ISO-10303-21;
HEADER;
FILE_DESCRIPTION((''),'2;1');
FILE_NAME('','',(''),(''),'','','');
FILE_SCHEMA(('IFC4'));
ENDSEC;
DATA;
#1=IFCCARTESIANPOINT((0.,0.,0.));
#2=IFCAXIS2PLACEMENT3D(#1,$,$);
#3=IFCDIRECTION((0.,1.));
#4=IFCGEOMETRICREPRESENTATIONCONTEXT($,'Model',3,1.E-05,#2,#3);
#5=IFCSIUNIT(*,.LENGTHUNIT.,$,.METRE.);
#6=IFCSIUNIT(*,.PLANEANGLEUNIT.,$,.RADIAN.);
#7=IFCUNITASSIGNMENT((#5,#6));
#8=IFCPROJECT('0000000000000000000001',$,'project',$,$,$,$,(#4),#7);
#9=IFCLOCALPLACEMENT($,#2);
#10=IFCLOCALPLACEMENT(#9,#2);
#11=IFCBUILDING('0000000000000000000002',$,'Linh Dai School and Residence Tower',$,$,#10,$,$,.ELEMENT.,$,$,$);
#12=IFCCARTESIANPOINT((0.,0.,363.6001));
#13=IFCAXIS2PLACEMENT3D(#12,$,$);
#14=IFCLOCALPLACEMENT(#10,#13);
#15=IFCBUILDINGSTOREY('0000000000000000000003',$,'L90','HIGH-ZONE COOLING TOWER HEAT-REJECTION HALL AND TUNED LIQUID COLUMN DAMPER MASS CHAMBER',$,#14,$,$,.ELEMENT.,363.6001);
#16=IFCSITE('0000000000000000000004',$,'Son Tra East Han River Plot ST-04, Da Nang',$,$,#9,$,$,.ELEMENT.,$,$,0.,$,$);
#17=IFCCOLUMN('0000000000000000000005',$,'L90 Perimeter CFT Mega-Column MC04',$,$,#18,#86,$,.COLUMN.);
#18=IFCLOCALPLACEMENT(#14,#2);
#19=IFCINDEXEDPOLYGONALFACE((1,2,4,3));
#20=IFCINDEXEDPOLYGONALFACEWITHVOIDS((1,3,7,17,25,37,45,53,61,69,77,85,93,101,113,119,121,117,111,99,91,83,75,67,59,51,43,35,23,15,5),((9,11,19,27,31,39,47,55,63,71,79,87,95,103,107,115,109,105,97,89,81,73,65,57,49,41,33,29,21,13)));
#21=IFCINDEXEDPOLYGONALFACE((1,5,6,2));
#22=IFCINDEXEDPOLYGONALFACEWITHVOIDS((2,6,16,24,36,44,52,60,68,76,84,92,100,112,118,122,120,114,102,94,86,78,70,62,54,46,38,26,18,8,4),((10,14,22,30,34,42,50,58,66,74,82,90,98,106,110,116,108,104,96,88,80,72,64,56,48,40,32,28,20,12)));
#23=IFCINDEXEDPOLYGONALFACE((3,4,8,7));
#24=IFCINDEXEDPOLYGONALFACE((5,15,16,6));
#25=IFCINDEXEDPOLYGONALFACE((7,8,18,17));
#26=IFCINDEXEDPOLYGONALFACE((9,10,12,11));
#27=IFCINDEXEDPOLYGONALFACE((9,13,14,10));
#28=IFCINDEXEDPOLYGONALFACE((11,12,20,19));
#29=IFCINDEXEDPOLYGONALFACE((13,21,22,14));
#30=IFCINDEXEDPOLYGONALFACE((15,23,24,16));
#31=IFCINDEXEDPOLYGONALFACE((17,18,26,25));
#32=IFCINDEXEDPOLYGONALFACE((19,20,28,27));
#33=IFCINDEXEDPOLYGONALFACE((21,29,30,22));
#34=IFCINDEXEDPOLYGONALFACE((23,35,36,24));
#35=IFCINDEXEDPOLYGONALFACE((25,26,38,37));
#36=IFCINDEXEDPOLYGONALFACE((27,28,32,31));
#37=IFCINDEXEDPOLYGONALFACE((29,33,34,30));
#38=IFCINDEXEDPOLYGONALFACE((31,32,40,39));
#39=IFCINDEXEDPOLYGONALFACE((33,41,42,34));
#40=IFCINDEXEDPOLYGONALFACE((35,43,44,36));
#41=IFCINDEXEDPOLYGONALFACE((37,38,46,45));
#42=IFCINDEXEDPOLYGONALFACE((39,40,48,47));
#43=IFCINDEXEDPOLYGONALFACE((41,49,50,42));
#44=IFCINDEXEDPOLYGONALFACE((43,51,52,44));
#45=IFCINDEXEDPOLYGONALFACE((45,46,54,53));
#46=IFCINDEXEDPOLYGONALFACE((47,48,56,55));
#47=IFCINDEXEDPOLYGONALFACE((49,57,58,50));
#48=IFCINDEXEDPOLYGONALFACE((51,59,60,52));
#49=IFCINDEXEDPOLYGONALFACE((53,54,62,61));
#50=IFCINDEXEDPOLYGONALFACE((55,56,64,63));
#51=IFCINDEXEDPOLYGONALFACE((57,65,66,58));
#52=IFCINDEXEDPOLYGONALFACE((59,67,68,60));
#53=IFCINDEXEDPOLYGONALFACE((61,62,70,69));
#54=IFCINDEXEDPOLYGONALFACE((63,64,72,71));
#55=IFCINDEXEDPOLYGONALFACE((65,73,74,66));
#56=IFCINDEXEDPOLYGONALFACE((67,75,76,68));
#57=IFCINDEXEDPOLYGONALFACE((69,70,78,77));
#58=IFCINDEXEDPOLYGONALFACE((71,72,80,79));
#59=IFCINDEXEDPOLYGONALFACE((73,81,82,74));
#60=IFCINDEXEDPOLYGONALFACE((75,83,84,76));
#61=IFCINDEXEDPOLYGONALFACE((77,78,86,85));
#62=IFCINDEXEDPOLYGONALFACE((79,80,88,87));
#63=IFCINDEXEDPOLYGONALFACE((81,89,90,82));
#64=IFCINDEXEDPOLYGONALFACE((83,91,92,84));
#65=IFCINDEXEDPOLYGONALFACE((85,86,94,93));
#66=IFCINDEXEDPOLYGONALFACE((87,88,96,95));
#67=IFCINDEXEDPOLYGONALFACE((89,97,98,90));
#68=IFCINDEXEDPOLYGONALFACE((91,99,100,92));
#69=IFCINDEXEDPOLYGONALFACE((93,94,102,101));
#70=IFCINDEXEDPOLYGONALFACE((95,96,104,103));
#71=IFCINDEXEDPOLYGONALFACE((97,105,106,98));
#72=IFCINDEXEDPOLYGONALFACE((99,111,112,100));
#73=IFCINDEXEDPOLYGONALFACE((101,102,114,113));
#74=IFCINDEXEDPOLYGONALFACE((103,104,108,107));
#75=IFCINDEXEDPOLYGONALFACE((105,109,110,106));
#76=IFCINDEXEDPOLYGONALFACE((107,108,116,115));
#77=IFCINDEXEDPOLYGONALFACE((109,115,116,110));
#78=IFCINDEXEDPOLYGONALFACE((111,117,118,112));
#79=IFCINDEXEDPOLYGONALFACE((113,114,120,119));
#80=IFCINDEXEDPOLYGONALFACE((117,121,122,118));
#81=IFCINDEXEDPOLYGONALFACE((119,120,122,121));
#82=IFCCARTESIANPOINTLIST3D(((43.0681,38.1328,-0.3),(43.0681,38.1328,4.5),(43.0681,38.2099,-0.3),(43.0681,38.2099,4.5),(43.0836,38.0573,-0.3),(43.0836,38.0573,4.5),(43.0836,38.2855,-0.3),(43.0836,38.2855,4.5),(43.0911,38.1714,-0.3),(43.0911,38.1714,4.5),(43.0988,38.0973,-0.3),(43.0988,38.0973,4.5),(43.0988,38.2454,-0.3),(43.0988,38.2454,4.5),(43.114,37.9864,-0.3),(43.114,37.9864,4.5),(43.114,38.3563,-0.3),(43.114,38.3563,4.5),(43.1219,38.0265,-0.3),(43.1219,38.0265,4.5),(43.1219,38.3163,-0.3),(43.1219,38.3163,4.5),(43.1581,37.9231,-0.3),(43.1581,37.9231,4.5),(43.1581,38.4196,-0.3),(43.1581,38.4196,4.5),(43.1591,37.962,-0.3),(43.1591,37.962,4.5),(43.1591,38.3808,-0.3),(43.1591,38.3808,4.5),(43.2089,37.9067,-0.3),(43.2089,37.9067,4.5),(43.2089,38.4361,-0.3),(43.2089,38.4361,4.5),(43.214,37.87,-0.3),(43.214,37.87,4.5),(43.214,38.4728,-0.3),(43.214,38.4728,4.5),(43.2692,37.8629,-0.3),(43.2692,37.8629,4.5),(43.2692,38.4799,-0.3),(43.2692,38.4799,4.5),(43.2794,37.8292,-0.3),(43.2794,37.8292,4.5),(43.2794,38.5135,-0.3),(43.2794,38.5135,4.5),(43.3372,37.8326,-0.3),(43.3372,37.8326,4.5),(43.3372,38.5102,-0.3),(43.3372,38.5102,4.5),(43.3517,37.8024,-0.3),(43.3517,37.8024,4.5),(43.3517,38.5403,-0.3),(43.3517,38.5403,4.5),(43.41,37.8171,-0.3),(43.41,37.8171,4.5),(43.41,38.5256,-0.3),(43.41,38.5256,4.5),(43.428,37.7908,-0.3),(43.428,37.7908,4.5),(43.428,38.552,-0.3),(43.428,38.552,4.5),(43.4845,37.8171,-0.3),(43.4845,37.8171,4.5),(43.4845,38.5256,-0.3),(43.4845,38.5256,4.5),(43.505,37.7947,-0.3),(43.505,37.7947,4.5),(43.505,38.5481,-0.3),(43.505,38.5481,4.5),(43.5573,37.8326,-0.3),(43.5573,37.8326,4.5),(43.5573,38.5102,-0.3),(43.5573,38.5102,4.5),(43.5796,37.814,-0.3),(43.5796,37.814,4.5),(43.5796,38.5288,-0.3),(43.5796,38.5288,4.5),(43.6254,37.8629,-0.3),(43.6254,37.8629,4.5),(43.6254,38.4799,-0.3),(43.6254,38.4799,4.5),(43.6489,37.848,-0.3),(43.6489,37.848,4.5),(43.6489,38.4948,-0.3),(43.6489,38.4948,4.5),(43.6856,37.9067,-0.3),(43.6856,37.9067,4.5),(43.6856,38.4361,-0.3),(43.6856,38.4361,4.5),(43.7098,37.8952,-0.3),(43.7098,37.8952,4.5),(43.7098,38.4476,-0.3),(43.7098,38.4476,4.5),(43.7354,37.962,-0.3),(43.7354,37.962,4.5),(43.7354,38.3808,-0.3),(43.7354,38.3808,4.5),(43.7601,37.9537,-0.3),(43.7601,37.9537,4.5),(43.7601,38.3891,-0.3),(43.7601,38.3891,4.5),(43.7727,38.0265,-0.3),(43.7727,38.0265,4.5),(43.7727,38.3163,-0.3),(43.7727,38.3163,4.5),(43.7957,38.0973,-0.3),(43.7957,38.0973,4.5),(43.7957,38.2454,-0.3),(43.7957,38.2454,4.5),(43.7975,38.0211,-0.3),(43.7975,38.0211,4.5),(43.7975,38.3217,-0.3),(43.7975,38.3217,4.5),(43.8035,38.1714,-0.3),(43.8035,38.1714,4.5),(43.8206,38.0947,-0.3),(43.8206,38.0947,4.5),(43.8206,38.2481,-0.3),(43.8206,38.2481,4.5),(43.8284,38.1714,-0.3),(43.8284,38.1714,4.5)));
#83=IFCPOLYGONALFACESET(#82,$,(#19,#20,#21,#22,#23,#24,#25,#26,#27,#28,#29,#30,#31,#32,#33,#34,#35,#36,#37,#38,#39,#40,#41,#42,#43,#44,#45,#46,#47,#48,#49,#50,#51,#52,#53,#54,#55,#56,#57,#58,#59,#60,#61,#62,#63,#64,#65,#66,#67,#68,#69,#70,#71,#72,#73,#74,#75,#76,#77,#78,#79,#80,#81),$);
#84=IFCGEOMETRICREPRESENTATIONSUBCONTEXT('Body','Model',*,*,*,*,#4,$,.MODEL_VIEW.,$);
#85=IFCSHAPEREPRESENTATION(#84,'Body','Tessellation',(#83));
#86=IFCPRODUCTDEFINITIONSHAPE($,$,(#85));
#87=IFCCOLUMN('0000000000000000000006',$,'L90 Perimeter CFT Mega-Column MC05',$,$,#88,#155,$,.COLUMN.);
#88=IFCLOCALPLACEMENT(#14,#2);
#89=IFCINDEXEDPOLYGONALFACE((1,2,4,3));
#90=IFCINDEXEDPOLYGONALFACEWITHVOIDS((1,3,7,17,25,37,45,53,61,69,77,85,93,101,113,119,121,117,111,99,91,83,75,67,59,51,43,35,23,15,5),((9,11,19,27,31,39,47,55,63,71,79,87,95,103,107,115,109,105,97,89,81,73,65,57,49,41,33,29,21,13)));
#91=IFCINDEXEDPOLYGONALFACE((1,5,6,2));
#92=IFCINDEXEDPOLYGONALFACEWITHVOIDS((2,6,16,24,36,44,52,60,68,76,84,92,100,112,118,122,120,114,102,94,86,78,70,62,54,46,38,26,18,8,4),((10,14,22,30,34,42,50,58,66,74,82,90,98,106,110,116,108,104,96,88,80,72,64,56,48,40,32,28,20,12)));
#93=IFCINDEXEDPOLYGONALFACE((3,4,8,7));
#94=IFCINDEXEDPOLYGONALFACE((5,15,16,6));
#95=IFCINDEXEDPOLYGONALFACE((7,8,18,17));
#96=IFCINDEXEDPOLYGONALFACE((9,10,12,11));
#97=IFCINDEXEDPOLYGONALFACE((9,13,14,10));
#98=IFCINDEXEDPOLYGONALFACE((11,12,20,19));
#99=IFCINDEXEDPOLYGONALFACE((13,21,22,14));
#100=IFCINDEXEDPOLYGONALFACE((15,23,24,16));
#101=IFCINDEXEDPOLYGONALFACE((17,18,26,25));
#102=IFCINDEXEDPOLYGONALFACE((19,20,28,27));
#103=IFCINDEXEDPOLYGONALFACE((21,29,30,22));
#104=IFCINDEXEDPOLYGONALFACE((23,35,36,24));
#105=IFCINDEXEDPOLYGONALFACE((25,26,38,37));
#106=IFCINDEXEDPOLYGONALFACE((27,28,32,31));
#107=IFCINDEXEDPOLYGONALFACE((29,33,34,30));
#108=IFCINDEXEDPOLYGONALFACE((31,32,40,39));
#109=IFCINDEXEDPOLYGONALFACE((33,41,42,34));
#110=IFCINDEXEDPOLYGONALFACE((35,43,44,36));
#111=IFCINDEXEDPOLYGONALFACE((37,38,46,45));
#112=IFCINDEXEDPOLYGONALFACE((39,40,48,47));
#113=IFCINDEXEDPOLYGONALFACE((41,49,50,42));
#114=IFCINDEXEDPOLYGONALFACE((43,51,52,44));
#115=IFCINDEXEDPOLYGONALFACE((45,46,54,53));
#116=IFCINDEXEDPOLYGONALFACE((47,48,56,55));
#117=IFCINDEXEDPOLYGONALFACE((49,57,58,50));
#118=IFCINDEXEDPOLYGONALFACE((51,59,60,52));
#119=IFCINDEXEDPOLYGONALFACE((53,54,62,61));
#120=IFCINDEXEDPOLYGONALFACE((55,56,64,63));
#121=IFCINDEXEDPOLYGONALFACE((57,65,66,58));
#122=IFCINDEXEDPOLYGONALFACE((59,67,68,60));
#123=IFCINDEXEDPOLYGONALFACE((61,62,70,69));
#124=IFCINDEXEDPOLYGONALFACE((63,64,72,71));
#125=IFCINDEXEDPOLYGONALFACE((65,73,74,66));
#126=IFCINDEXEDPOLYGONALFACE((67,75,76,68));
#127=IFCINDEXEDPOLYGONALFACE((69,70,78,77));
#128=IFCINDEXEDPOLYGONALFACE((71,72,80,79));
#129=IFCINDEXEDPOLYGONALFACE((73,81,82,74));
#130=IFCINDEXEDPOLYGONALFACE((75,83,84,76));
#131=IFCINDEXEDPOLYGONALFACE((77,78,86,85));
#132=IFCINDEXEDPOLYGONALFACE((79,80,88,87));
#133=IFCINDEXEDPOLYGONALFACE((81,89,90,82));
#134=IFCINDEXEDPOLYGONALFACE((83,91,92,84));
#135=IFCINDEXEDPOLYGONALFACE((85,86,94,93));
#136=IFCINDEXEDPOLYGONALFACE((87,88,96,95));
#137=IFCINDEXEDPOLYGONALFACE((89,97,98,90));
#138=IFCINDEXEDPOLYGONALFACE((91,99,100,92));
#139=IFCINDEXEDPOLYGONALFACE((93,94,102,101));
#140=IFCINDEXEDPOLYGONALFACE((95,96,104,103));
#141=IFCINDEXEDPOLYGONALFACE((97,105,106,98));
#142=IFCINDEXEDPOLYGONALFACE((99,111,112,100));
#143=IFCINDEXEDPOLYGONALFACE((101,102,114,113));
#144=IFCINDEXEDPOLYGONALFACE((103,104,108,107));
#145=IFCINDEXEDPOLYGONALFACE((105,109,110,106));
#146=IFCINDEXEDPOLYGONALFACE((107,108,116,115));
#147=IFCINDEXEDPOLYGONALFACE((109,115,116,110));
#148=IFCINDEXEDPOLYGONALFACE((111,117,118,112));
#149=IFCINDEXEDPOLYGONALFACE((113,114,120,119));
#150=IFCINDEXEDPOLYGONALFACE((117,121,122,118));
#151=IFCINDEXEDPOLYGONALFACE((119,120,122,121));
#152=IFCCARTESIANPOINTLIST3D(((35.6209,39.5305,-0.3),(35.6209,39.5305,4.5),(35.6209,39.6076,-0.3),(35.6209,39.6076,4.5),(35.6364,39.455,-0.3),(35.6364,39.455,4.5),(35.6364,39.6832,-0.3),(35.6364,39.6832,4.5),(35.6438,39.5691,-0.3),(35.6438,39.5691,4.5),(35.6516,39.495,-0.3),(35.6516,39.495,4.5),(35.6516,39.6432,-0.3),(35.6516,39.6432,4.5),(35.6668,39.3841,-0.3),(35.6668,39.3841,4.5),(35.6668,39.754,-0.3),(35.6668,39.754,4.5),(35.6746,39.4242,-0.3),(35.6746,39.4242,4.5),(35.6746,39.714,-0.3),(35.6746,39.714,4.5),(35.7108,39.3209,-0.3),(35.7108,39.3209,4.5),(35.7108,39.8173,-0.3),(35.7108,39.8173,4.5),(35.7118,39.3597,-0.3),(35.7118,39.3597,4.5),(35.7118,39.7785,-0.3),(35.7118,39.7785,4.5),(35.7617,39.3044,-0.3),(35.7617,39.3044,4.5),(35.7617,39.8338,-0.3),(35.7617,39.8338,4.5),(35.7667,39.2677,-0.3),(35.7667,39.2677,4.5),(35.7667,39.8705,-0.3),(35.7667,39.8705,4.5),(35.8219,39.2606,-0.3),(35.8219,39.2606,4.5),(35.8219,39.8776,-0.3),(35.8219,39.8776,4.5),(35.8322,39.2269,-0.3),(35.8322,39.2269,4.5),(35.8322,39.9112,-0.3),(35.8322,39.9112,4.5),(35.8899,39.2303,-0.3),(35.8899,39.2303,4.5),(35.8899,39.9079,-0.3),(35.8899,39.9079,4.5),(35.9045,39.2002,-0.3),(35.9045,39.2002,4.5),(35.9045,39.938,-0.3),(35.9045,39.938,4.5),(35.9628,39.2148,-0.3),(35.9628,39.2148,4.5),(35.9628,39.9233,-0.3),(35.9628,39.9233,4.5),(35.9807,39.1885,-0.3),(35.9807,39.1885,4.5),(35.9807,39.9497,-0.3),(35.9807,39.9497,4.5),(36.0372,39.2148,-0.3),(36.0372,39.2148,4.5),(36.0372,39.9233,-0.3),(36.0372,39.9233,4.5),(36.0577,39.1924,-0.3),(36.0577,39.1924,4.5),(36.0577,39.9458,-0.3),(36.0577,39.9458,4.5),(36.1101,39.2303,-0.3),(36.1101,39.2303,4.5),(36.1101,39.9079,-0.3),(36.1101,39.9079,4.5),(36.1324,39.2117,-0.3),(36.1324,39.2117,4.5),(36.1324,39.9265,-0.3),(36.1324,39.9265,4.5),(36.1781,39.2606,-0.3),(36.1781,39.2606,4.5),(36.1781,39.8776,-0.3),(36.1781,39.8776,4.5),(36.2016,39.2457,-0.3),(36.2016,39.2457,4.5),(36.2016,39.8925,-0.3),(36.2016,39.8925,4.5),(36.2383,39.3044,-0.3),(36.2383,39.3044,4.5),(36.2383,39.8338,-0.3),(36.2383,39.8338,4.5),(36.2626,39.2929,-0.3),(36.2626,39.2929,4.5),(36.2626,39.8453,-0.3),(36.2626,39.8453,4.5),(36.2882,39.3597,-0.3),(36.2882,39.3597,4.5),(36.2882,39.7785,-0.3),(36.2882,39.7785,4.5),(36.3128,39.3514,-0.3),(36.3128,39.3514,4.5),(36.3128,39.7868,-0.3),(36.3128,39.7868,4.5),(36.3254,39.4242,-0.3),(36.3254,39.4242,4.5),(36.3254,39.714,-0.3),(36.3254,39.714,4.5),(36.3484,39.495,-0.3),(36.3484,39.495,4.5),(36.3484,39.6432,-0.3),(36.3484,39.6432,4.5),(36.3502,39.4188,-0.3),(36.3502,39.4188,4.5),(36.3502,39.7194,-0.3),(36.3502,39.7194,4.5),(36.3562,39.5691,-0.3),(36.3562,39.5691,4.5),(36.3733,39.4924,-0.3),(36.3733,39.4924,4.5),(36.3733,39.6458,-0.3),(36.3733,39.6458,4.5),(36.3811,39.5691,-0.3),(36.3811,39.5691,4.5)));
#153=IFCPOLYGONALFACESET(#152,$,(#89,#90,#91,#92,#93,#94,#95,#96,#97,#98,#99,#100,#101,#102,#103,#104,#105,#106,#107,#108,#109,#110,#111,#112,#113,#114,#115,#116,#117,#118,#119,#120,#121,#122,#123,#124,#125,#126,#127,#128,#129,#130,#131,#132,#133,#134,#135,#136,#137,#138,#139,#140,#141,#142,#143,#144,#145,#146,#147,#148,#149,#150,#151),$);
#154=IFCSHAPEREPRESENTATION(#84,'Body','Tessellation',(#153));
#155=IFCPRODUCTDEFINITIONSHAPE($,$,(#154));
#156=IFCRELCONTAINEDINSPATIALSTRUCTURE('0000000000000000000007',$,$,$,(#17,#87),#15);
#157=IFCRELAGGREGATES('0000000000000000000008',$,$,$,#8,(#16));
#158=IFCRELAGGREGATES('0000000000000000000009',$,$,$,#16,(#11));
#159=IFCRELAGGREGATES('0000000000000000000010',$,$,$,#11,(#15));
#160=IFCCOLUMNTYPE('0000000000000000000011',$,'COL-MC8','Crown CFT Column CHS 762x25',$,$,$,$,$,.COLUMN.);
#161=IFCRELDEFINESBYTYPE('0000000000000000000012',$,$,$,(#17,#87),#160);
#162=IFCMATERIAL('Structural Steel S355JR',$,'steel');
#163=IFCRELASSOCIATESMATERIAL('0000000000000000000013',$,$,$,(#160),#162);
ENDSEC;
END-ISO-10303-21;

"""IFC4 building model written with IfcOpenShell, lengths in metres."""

from ifc_helpers import new_model, si_unit, direction, frame, origin, origin_2d, place, context, subcontext, project, spatial, hollow_circle, extrude, material, material_profile, profile_set, type_object, element, save


model = new_model("IFC4")

# Units and contexts
model_context = context("Model", 3, precision=1e-05, world=origin(), true_north=direction((0.0, 1.0)))
body_context = subcontext(model_context, "Body", "Model", "MODEL_VIEW")
ifc_project = project(units=[si_unit("LENGTHUNIT", "METRE"), si_unit("PLANEANGLEUNIT", "RADIAN")], contexts=[model_context])

# Site, building, storey
site_placement = place(None, origin())
site = spatial("IfcSite", under=ifc_project, at=site_placement, Name="Son Tra East Han River Plot ST-04, Da Nang", CompositionType="ELEMENT", RefElevation=0.0)
building_placement = place(site_placement, origin())
building = spatial("IfcBuilding", under=site, at=building_placement, Name="Linh Dai School and Residence Tower", CompositionType="ELEMENT")
storey_placement = place(building_placement, frame((0.0, 0.0, 363.6001)))
storey = spatial("IfcBuildingStorey", under=building, at=storey_placement, Name="L90", Description="HIGH-ZONE COOLING TOWER HEAT-REJECTION HALL AND TUNED LIQUID COLUMN DAMPER MASS CHAMBER", CompositionType="ELEMENT", Elevation=363.6001)

# Columns
ifc_material_1 = material(Name="Structural Steel S355JR", Category="steel")
ifc_material_profile_1 = material_profile(ifc_material_1, hollow_circle(Radius=0.3811, WallThickness=0.0249, at=origin_2d()), Name="CHS 762x25")
ifc_profile_set_1 = profile_set([ifc_material_profile_1], Name="Structural Steel S355JR")
column_type_1 = type_object("IfcColumnType", Name="COL-MC8", Description="Crown CFT Column CHS 762x25", PredefinedType="COLUMN", material=ifc_profile_set_1)
for number, where, z_axis, x_axis, name in (
    (1, (43.4473, 38.1714, -0.3), (0.0, 0.0, 1.0), (1.0, 0.0, 0.0), "L90 Perimeter CFT Mega-Column MC04"),
    (2, (36.0, 39.5691, -0.3), (0.0, 0.0, 1.0), (1.0, 0.0, 0.0), "L90 Perimeter CFT Mega-Column MC05"),
):
    element("IfcColumn", number, at=place(storey_placement, frame(where, z_axis=z_axis, x_axis=x_axis)), inside=storey, type_object=column_type_1, Name=name, PredefinedType="COLUMN", context=body_context, shape_type="SweptSolid", body=[
        extrude(hollow_circle(Radius=0.3811, WallThickness=0.0249, at=origin_2d()), origin(), (0.0, 0.0, 1.0), 4.8),
    ])

save(model, "model.ifc")
